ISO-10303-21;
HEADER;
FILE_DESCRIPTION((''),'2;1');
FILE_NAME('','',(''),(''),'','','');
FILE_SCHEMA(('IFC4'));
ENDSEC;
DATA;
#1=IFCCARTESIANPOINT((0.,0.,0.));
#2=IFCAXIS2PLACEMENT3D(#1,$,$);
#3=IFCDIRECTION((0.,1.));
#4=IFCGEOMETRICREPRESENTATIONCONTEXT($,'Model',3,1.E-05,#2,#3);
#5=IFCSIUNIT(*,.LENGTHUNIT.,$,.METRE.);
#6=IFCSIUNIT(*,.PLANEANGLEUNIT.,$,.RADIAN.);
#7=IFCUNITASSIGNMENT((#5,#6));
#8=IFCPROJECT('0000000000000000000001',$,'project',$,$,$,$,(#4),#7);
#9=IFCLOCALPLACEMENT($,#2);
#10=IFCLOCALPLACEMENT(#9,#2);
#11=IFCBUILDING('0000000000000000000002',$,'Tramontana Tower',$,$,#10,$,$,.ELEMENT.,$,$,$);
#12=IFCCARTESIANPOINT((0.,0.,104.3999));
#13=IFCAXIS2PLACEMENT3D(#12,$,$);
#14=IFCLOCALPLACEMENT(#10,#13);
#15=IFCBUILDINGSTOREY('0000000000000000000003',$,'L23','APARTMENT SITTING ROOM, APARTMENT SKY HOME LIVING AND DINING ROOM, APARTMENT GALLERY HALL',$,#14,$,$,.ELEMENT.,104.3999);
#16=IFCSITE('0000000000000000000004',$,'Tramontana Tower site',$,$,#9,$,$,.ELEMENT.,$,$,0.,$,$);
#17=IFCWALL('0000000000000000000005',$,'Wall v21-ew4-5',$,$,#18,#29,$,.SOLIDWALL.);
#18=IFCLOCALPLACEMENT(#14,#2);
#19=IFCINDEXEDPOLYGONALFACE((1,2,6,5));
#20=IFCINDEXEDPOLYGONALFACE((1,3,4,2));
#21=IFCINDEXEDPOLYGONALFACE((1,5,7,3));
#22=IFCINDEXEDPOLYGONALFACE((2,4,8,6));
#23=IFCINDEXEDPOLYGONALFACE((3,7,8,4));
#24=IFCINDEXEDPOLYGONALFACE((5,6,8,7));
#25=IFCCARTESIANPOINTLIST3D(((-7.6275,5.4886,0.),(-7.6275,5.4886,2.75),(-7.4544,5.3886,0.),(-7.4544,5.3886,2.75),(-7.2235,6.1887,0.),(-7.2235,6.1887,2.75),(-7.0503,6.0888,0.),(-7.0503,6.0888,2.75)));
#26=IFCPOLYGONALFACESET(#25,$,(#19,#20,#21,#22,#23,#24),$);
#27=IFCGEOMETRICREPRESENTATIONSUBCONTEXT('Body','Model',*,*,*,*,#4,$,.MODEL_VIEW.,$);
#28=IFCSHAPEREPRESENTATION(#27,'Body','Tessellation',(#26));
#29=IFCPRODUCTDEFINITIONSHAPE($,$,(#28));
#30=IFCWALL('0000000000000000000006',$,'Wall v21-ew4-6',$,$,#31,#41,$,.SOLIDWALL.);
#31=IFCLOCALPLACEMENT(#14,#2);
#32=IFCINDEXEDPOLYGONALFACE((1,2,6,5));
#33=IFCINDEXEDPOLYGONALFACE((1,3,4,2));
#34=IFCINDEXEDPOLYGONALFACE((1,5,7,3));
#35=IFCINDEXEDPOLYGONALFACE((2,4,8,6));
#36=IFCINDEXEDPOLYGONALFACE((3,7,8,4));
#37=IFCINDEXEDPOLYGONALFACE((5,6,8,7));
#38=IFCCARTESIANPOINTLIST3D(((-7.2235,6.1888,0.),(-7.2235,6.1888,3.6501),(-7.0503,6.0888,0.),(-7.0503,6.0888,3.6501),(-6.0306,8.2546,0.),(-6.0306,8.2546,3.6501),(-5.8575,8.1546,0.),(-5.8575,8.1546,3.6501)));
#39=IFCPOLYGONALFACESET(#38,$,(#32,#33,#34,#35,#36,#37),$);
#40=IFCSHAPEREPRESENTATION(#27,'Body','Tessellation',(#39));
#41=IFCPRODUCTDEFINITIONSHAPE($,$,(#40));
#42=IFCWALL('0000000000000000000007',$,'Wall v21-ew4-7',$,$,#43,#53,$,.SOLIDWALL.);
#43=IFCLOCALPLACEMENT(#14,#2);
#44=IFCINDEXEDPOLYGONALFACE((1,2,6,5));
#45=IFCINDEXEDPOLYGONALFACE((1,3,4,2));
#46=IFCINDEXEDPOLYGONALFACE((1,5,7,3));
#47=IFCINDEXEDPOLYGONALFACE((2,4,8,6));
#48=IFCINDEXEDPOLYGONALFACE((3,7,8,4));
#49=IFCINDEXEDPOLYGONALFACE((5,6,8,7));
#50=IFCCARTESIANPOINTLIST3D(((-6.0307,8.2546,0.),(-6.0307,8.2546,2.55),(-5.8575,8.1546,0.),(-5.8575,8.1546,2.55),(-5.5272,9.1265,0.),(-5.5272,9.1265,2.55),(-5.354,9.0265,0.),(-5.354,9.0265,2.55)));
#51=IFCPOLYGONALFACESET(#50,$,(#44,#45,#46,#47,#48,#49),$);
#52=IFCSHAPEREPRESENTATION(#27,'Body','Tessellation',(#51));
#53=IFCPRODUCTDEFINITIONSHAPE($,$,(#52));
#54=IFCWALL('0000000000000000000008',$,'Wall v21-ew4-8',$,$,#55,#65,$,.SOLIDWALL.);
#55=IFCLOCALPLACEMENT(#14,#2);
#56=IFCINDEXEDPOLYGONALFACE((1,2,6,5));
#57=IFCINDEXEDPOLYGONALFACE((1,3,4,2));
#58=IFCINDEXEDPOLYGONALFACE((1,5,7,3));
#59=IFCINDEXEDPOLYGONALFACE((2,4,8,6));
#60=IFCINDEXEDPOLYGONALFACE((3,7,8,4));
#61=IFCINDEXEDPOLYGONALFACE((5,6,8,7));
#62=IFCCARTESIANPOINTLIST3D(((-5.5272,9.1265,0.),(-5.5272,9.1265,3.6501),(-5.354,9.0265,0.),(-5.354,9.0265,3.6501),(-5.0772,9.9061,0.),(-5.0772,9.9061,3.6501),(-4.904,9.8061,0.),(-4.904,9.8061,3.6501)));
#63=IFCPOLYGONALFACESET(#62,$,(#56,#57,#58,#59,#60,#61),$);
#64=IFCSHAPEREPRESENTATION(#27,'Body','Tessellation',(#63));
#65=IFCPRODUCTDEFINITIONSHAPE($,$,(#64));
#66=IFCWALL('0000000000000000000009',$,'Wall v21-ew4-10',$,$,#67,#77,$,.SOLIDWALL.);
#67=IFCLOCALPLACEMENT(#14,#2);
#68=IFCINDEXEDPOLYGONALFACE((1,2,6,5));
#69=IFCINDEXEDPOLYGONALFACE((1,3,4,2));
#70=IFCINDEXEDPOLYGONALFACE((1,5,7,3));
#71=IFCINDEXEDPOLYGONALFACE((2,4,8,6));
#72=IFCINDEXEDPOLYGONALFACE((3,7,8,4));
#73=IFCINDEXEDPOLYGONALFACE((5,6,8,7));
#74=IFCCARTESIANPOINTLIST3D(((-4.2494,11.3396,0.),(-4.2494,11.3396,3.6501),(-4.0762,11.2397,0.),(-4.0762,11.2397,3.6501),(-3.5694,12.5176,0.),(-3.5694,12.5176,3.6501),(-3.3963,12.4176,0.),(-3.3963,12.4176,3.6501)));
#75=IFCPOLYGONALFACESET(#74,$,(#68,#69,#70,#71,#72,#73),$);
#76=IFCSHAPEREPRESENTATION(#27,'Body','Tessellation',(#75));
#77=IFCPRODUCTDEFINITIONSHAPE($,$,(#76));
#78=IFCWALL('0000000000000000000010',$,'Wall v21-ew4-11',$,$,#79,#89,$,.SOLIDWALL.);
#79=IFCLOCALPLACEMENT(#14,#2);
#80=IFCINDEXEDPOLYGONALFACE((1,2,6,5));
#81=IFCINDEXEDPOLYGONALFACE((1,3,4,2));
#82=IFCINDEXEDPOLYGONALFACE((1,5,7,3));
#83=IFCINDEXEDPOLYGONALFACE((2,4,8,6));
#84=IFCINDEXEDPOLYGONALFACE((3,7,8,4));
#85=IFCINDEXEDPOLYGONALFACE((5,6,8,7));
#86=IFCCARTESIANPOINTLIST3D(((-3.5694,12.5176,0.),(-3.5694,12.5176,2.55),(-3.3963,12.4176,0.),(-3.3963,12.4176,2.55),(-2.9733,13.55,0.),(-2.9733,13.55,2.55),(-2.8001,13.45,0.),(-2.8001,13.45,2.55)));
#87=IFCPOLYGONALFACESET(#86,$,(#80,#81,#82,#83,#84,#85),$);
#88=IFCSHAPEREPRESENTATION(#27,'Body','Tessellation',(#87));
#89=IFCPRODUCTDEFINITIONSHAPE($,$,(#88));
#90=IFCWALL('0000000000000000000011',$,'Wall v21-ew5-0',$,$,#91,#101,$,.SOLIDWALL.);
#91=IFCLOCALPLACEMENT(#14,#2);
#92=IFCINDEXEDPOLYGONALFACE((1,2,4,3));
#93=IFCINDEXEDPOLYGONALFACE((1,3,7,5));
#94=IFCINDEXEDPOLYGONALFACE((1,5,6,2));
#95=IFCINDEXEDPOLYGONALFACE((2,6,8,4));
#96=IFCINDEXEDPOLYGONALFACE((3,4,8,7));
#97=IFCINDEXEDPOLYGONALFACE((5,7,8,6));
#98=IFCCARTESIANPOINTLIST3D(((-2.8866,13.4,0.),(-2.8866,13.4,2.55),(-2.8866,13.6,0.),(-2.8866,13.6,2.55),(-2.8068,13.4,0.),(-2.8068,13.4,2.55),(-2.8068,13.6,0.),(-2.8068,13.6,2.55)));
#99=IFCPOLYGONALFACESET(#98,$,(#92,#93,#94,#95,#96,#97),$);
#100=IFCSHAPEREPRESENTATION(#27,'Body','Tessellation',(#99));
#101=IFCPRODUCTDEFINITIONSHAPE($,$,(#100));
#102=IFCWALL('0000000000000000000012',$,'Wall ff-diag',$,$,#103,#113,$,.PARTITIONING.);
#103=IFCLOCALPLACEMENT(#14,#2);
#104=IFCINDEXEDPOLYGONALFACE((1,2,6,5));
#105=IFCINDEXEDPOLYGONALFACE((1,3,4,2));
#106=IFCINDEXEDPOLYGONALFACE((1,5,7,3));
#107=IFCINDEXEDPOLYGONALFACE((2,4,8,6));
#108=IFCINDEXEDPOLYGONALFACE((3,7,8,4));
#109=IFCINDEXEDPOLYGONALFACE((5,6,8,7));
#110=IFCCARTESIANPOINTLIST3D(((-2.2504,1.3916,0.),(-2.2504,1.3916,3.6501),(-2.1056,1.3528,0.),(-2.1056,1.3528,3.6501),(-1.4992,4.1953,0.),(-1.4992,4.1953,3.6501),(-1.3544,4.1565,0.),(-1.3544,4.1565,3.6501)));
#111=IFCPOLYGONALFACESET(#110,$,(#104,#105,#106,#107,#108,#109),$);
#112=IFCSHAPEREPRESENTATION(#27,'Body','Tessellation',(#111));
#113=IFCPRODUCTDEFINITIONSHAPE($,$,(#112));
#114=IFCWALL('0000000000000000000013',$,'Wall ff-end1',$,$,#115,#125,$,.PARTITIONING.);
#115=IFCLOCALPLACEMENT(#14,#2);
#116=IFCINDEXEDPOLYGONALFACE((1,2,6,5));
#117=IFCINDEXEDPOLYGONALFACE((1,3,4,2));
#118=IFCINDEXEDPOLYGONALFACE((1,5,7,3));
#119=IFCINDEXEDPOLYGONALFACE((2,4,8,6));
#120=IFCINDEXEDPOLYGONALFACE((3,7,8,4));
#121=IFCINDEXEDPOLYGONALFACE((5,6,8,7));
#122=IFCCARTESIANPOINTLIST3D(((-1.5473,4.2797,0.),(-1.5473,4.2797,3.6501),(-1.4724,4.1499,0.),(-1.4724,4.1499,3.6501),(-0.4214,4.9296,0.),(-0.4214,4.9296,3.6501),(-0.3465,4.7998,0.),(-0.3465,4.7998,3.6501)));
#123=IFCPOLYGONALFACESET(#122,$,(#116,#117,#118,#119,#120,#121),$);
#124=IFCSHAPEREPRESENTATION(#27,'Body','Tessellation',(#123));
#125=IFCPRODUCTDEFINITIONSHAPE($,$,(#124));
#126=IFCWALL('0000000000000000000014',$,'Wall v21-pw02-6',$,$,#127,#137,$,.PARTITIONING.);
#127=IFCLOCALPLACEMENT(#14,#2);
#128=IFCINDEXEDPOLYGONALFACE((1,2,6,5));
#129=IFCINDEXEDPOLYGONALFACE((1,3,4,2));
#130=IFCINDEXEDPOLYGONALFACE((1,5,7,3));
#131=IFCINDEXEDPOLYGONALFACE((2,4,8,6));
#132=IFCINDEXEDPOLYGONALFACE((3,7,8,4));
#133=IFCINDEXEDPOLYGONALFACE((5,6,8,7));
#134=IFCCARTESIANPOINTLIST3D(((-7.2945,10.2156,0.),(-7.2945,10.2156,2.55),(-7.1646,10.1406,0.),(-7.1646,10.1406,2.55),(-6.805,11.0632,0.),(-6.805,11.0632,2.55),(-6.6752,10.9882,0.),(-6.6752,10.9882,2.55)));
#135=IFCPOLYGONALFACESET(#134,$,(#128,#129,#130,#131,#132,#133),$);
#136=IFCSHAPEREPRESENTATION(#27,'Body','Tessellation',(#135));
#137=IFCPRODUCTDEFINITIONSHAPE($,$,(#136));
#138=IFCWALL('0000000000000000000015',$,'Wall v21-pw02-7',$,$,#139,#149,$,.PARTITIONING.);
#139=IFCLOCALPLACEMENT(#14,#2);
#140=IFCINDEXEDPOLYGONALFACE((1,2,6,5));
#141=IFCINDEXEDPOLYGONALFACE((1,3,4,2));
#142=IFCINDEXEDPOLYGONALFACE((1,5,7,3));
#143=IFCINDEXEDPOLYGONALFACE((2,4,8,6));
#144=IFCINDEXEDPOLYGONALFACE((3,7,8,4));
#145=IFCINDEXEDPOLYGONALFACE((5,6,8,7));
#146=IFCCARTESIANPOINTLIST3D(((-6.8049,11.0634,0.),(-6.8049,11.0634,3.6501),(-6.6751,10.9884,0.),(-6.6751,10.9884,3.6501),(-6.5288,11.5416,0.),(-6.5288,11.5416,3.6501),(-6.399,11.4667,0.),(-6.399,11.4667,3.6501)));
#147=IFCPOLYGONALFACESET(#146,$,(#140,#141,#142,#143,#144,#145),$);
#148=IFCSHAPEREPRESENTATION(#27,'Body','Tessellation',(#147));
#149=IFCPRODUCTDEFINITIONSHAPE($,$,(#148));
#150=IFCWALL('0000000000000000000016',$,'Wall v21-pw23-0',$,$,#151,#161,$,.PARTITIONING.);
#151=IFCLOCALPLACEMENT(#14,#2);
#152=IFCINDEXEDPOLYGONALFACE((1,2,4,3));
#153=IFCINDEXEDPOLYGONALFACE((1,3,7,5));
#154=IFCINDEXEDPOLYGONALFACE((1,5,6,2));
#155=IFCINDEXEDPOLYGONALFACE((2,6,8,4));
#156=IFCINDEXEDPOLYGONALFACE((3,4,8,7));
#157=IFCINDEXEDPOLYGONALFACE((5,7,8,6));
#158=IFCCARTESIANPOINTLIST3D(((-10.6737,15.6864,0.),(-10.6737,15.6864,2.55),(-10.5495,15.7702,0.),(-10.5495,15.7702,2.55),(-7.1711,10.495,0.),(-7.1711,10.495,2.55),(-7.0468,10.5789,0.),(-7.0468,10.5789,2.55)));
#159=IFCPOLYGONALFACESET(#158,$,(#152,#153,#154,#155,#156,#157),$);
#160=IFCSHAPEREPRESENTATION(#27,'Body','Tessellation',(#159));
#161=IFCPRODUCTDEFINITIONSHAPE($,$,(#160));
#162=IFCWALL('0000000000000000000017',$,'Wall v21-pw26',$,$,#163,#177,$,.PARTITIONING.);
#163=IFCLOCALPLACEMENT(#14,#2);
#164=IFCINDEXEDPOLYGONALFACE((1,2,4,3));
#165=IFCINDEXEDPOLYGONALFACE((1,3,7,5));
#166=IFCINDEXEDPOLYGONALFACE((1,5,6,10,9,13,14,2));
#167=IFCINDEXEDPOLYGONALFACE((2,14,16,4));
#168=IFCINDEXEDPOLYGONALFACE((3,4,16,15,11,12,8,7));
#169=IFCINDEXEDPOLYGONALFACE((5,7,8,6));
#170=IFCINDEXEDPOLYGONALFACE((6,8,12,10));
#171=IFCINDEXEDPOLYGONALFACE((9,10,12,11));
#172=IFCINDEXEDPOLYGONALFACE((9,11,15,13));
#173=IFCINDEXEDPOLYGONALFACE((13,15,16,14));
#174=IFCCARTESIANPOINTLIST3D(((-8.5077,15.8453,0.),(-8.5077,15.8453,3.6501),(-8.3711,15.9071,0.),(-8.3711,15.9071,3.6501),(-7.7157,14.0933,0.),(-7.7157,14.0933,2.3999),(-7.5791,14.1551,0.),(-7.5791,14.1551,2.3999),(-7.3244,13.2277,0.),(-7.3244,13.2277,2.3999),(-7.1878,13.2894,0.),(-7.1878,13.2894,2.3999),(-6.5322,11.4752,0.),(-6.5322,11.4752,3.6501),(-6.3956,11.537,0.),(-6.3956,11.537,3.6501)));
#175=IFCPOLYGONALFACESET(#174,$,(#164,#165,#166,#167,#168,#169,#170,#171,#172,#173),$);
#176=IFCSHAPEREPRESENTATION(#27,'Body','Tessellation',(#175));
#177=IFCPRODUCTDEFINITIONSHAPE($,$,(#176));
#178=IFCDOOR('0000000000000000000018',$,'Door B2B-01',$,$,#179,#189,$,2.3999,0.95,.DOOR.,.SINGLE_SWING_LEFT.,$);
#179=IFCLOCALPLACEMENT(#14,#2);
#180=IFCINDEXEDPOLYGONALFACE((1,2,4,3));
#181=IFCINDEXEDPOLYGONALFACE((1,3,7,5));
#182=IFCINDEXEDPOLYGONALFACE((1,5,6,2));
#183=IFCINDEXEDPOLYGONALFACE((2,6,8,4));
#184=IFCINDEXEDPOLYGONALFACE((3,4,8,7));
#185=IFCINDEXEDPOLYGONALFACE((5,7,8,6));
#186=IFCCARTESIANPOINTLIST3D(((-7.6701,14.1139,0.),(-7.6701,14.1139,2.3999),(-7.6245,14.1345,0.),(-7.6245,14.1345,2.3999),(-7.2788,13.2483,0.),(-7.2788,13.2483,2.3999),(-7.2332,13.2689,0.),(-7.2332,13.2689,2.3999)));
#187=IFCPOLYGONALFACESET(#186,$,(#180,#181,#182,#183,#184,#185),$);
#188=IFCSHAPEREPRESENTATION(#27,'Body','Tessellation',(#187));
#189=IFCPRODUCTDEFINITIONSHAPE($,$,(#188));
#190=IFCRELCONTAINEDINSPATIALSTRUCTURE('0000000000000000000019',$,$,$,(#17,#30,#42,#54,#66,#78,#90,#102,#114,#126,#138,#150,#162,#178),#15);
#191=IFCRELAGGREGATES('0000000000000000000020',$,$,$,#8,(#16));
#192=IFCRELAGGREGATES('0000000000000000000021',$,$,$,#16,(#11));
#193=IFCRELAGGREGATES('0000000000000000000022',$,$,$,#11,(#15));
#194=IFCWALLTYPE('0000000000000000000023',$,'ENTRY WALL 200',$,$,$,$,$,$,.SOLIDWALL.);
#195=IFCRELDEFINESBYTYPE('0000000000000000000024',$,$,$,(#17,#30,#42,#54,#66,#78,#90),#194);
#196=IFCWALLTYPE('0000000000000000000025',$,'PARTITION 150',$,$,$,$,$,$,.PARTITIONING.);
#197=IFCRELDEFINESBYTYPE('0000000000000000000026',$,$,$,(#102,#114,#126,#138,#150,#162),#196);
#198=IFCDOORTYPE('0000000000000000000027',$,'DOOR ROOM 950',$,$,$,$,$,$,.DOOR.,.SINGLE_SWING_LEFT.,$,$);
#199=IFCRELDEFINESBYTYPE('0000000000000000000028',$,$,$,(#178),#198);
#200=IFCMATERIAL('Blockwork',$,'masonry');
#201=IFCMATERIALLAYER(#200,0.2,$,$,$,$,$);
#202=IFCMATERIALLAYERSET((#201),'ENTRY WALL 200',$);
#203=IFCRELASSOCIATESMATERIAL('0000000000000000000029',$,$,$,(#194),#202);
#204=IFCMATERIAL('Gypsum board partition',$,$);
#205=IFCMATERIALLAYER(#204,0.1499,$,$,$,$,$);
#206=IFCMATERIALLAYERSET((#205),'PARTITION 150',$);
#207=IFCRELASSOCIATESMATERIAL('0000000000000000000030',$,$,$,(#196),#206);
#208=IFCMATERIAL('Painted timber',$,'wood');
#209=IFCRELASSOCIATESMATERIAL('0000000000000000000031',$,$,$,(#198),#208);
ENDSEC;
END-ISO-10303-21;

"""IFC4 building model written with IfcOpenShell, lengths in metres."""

from ifc_helpers import new_model, si_unit, direction, frame, frame_2d, origin, place, context, subcontext, project, spatial, rectangle, extrude, material, layer, layer_set, type_object, element, fill, save


model = new_model("IFC4")

# Units and contexts
model_context = context("Model", 3, precision=1e-05, world=origin(), true_north=direction((0.0, 1.0)))
body_context = subcontext(model_context, "Body", "Model", "MODEL_VIEW")
ifc_project = project(units=[si_unit("LENGTHUNIT", "METRE"), si_unit("PLANEANGLEUNIT", "RADIAN")], contexts=[model_context])

# Site, building, storey
site_placement = place(None, origin())
site = spatial("IfcSite", under=ifc_project, at=site_placement, Name="Tramontana Tower site", CompositionType="ELEMENT", RefElevation=0.0)
building_placement = place(site_placement, origin())
building = spatial("IfcBuilding", under=site, at=building_placement, Name="Tramontana Tower", CompositionType="ELEMENT")
storey_placement = place(building_placement, frame((0.0, 0.0, 104.3999)))
storey = spatial("IfcBuildingStorey", under=building, at=storey_placement, Name="L23", Description="APARTMENT SITTING ROOM, APARTMENT SKY HOME LIVING AND DINING ROOM, APARTMENT GALLERY HALL", CompositionType="ELEMENT", Elevation=104.3999)

# Walls
ifc_material_1 = material(Name="Blockwork", Category="masonry")
ifc_layer_1 = layer(ifc_material_1, 0.2)
ifc_layer_set_1 = layer_set([ifc_layer_1], Name="ENTRY WALL 200")
wall_type_1 = type_object("IfcWallType", Name="ENTRY WALL 200", PredefinedType="SOLIDWALL", material=ifc_layer_set_1)
wall_1_placement = place(storey_placement, frame((-7.541, 5.4385, 0.0), z_axis=(0.0, 0.0, 1.0), x_axis=(0.49981, 0.866135, 0.0)))
element("IfcWall", 1, at=wall_1_placement, inside=storey, type_object=wall_type_1, Name="Wall v21-ew4-5", PredefinedType="SOLIDWALL", context=body_context, shape_type="SweptSolid", body=[
    extrude(rectangle(XDim=0.8083, YDim=0.2, at=frame_2d((0.4043, 0.0))), origin(), (0.0, 0.0, 1.0), 2.75),
])
wall_2_placement = place(storey_placement, frame((-7.137, 6.1387, 0.0), z_axis=(0.0, 0.0, 1.0), x_axis=(0.500035, 0.866005, 0.0)))
element("IfcWall", 2, at=wall_2_placement, inside=storey, type_object=wall_type_1, Name="Wall v21-ew4-6", PredefinedType="SOLIDWALL", context=body_context, shape_type="SweptSolid", body=[
    extrude(rectangle(XDim=2.3855, YDim=0.2, at=frame_2d((1.1929, 0.0))), origin(), (0.0, 0.0, 1.0), 3.6501),
])
wall_3_placement = place(storey_placement, frame((-5.9441, 8.2046, 0.0), z_axis=(0.0, 0.0, 1.0), x_axis=(0.500051, 0.865996, 0.0)))
element("IfcWall", 3, at=wall_3_placement, inside=storey, type_object=wall_type_1, Name="Wall v21-ew4-7", PredefinedType="SOLIDWALL", context=body_context, shape_type="SweptSolid", body=[
    extrude(rectangle(XDim=1.0068, YDim=0.2, at=frame_2d((0.5034, 0.0))), origin(), (0.0, 0.0, 1.0), 2.55),
])
wall_4_placement = place(storey_placement, frame((-5.4407, 9.0764, 0.0), z_axis=(0.0, 0.0, 1.0), x_axis=(0.499902, 0.866082, 0.0)))
element("IfcWall", 4, at=wall_4_placement, inside=storey, type_object=wall_type_1, Name="Wall v21-ew4-8", PredefinedType="SOLIDWALL", context=body_context, shape_type="SweptSolid", body=[
    extrude(rectangle(XDim=0.9001, YDim=0.2, at=frame_2d((0.4502, 0.0))), origin(), (0.0, 0.0, 1.0), 3.6501),
])

# Walls
wall_5_placement = place(storey_placement, frame((-4.1628, 11.2896, 0.0), z_axis=(0.0, 0.0, 1.0), x_axis=(0.499904, 0.866081, 0.0)))
element("IfcWall", 5, at=wall_5_placement, inside=storey, type_object=wall_type_1, Name="Wall v21-ew4-10", PredefinedType="SOLIDWALL", context=body_context, shape_type="SweptSolid", body=[
    extrude(rectangle(XDim=1.3601, YDim=0.2, at=frame_2d((0.6802, 0.0))), origin(), (0.0, 0.0, 1.0), 3.6501),
])
wall_6_placement = place(storey_placement, frame((-3.4829, 12.4675, 0.0), z_axis=(0.0, 0.0, 1.0), x_axis=(0.500059, 0.865991, 0.0)))
element("IfcWall", 6, at=wall_6_placement, inside=storey, type_object=wall_type_1, Name="Wall v21-ew4-11", PredefinedType="SOLIDWALL", context=body_context, shape_type="SweptSolid", body=[
    extrude(rectangle(XDim=1.1921, YDim=0.2, at=frame_2d((0.5962, 0.0))), origin(), (0.0, 0.0, 1.0), 2.55),
])
wall_7_placement = place(storey_placement, frame((-2.8867, 13.5, 0.0), z_axis=(0.0, 0.0, 1.0), x_axis=(1.0, 0.0, 0.0)))
element("IfcWall", 7, at=wall_7_placement, inside=storey, type_object=wall_type_1, Name="Wall v21-ew5-0", PredefinedType="SOLIDWALL", context=body_context, shape_type="SweptSolid", body=[
    extrude(rectangle(XDim=0.0798, YDim=0.2, at=frame_2d((0.04, 0.0))), origin(), (0.0, 0.0, 1.0), 2.55),
])
ifc_material_2 = material(Name="Gypsum board partition")
ifc_layer_2 = layer(ifc_material_2, 0.1499)
ifc_layer_set_2 = layer_set([ifc_layer_2], Name="PARTITION 150")
wall_type_2 = type_object("IfcWallType", Name="PARTITION 150", PredefinedType="PARTITIONING", material=ifc_layer_set_2)
wall_8_placement = place(storey_placement, frame((-2.178, 1.3723, 0.0), z_axis=(0.0, 0.0, 1.0), x_axis=(0.258809, 0.965929, 0.0)))
element("IfcWall", 8, at=wall_8_placement, inside=storey, type_object=wall_type_2, Name="Wall ff-diag", PredefinedType="PARTITIONING", context=body_context, shape_type="SweptSolid", body=[
    extrude(rectangle(XDim=2.9026, YDim=0.1499, at=frame_2d((1.4512, 0.0))), origin(), (0.0, 0.0, 1.0), 3.6501),
])
wall_9_placement = place(storey_placement, frame((-1.5098, 4.2148, 0.0), z_axis=(0.0, 0.0, 1.0), x_axis=(0.866086, 0.499896, 0.0)))
element("IfcWall", 9, at=wall_9_placement, inside=storey, type_object=wall_type_2, Name="Wall ff-end1", PredefinedType="PARTITIONING", context=body_context, shape_type="SweptSolid", body=[
    extrude(rectangle(XDim=1.3, YDim=0.1499, at=frame_2d((0.6499, 0.0))), origin(), (0.0, 0.0, 1.0), 3.6501),
])
wall_10_placement = place(storey_placement, frame((-7.2295, 10.1782, 0.0), z_axis=(0.0, 0.0, 1.0), x_axis=(0.500082, 0.865978, 0.0)))
element("IfcWall", 10, at=wall_10_placement, inside=storey, type_object=wall_type_2, Name="Wall v21-pw02-6", PredefinedType="PARTITIONING", context=body_context, shape_type="SweptSolid", body=[
    extrude(rectangle(XDim=0.9788, YDim=0.1499, at=frame_2d((0.4893, 0.0))), origin(), (0.0, 0.0, 1.0), 2.55),
])
wall_11_placement = place(storey_placement, frame((-6.74, 11.0259, 0.0), z_axis=(0.0, 0.0, 1.0), x_axis=(0.49999, 0.866031, 0.0)))
element("IfcWall", 11, at=wall_11_placement, inside=storey, type_object=wall_type_2, Name="Wall v21-pw02-7", PredefinedType="PARTITIONING", context=body_context, shape_type="SweptSolid", body=[
    extrude(rectangle(XDim=0.5522, YDim=0.1499, at=frame_2d((0.2761, 0.0))), origin(), (0.0, 0.0, 1.0), 3.6501),
])

# Wall
wall_12_placement = place(storey_placement, frame((-7.1089, 10.5369, 0.0), z_axis=(0.0, 0.0, 1.0), x_axis=(-0.559307, 0.828961, 0.0)))
element("IfcWall", 12, at=wall_12_placement, inside=storey, type_object=wall_type_2, Name="Wall v21-pw23-0", PredefinedType="PARTITIONING", context=body_context, shape_type="SweptSolid", body=[
    extrude(rectangle(XDim=6.2625, YDim=0.1499, at=frame_2d((3.1313, 0.0))), origin(), (0.0, 0.0, 1.0), 2.55),
])

# Wall, opening, door
wall_13_placement = place(storey_placement, frame((-6.4639, 11.5061, 0.0), z_axis=(0.0, 0.0, 1.0), x_axis=(-0.41193, 0.911215, 0.0)))
wall_13 = element("IfcWall", 13, at=wall_13_placement, inside=storey, type_object=wall_type_2, Name="Wall v21-pw26", PredefinedType="PARTITIONING", context=body_context, shape_type="SweptSolid", body=[
    extrude(rectangle(XDim=4.7959, YDim=0.1499, at=frame_2d((2.3979, 0.0))), origin(), (0.0, 0.0, 1.0), 3.6501),
])
opening_1_placement = place(wall_13_placement, frame((1.9231, 0.0, 0.0)))
opening_1 = element("IfcOpeningElement", 14, at=opening_1_placement, cuts=wall_13, PredefinedType="OPENING", context=body_context, shape_type="SweptSolid", body=[
    extrude(rectangle(XDim=0.95, YDim=2.3999, at=frame_2d((0.4751, 1.2))), frame((0.0, 0.085, 0.0), z_axis=(0.0, -1.0, 0.0), x_axis=(1.0, 0.0, 0.0)), (0.0, 0.0, 1.0), 0.1699),
])
ifc_material_3 = material(Name="Painted timber", Category="wood")
door_type_1 = type_object("IfcDoorType", Name="DOOR ROOM 950", OperationType="SINGLE_SWING_LEFT", PredefinedType="DOOR", material=ifc_material_3)
door_1_placement = place(opening_1_placement, origin())
door_1 = element("IfcDoor", 15, at=door_1_placement, inside=storey, type_object=door_type_1, Name="Door B2B-01", OperationType="SINGLE_SWING_LEFT", OverallHeight=2.3999, OverallWidth=0.95, PredefinedType="DOOR", context=body_context, shape_type="SweptSolid", body=[
    extrude(rectangle(XDim=0.95, YDim=2.3999, at=frame_2d((0.4751, 1.2))), frame((0.0, 0.0249, 0.0), z_axis=(0.0, -1.0, 0.0), x_axis=(1.0, 0.0, 0.0)), (0.0, 0.0, 1.0), 0.05),
])
fill(opening_1, door_1)

save(model, "model.ifc")
